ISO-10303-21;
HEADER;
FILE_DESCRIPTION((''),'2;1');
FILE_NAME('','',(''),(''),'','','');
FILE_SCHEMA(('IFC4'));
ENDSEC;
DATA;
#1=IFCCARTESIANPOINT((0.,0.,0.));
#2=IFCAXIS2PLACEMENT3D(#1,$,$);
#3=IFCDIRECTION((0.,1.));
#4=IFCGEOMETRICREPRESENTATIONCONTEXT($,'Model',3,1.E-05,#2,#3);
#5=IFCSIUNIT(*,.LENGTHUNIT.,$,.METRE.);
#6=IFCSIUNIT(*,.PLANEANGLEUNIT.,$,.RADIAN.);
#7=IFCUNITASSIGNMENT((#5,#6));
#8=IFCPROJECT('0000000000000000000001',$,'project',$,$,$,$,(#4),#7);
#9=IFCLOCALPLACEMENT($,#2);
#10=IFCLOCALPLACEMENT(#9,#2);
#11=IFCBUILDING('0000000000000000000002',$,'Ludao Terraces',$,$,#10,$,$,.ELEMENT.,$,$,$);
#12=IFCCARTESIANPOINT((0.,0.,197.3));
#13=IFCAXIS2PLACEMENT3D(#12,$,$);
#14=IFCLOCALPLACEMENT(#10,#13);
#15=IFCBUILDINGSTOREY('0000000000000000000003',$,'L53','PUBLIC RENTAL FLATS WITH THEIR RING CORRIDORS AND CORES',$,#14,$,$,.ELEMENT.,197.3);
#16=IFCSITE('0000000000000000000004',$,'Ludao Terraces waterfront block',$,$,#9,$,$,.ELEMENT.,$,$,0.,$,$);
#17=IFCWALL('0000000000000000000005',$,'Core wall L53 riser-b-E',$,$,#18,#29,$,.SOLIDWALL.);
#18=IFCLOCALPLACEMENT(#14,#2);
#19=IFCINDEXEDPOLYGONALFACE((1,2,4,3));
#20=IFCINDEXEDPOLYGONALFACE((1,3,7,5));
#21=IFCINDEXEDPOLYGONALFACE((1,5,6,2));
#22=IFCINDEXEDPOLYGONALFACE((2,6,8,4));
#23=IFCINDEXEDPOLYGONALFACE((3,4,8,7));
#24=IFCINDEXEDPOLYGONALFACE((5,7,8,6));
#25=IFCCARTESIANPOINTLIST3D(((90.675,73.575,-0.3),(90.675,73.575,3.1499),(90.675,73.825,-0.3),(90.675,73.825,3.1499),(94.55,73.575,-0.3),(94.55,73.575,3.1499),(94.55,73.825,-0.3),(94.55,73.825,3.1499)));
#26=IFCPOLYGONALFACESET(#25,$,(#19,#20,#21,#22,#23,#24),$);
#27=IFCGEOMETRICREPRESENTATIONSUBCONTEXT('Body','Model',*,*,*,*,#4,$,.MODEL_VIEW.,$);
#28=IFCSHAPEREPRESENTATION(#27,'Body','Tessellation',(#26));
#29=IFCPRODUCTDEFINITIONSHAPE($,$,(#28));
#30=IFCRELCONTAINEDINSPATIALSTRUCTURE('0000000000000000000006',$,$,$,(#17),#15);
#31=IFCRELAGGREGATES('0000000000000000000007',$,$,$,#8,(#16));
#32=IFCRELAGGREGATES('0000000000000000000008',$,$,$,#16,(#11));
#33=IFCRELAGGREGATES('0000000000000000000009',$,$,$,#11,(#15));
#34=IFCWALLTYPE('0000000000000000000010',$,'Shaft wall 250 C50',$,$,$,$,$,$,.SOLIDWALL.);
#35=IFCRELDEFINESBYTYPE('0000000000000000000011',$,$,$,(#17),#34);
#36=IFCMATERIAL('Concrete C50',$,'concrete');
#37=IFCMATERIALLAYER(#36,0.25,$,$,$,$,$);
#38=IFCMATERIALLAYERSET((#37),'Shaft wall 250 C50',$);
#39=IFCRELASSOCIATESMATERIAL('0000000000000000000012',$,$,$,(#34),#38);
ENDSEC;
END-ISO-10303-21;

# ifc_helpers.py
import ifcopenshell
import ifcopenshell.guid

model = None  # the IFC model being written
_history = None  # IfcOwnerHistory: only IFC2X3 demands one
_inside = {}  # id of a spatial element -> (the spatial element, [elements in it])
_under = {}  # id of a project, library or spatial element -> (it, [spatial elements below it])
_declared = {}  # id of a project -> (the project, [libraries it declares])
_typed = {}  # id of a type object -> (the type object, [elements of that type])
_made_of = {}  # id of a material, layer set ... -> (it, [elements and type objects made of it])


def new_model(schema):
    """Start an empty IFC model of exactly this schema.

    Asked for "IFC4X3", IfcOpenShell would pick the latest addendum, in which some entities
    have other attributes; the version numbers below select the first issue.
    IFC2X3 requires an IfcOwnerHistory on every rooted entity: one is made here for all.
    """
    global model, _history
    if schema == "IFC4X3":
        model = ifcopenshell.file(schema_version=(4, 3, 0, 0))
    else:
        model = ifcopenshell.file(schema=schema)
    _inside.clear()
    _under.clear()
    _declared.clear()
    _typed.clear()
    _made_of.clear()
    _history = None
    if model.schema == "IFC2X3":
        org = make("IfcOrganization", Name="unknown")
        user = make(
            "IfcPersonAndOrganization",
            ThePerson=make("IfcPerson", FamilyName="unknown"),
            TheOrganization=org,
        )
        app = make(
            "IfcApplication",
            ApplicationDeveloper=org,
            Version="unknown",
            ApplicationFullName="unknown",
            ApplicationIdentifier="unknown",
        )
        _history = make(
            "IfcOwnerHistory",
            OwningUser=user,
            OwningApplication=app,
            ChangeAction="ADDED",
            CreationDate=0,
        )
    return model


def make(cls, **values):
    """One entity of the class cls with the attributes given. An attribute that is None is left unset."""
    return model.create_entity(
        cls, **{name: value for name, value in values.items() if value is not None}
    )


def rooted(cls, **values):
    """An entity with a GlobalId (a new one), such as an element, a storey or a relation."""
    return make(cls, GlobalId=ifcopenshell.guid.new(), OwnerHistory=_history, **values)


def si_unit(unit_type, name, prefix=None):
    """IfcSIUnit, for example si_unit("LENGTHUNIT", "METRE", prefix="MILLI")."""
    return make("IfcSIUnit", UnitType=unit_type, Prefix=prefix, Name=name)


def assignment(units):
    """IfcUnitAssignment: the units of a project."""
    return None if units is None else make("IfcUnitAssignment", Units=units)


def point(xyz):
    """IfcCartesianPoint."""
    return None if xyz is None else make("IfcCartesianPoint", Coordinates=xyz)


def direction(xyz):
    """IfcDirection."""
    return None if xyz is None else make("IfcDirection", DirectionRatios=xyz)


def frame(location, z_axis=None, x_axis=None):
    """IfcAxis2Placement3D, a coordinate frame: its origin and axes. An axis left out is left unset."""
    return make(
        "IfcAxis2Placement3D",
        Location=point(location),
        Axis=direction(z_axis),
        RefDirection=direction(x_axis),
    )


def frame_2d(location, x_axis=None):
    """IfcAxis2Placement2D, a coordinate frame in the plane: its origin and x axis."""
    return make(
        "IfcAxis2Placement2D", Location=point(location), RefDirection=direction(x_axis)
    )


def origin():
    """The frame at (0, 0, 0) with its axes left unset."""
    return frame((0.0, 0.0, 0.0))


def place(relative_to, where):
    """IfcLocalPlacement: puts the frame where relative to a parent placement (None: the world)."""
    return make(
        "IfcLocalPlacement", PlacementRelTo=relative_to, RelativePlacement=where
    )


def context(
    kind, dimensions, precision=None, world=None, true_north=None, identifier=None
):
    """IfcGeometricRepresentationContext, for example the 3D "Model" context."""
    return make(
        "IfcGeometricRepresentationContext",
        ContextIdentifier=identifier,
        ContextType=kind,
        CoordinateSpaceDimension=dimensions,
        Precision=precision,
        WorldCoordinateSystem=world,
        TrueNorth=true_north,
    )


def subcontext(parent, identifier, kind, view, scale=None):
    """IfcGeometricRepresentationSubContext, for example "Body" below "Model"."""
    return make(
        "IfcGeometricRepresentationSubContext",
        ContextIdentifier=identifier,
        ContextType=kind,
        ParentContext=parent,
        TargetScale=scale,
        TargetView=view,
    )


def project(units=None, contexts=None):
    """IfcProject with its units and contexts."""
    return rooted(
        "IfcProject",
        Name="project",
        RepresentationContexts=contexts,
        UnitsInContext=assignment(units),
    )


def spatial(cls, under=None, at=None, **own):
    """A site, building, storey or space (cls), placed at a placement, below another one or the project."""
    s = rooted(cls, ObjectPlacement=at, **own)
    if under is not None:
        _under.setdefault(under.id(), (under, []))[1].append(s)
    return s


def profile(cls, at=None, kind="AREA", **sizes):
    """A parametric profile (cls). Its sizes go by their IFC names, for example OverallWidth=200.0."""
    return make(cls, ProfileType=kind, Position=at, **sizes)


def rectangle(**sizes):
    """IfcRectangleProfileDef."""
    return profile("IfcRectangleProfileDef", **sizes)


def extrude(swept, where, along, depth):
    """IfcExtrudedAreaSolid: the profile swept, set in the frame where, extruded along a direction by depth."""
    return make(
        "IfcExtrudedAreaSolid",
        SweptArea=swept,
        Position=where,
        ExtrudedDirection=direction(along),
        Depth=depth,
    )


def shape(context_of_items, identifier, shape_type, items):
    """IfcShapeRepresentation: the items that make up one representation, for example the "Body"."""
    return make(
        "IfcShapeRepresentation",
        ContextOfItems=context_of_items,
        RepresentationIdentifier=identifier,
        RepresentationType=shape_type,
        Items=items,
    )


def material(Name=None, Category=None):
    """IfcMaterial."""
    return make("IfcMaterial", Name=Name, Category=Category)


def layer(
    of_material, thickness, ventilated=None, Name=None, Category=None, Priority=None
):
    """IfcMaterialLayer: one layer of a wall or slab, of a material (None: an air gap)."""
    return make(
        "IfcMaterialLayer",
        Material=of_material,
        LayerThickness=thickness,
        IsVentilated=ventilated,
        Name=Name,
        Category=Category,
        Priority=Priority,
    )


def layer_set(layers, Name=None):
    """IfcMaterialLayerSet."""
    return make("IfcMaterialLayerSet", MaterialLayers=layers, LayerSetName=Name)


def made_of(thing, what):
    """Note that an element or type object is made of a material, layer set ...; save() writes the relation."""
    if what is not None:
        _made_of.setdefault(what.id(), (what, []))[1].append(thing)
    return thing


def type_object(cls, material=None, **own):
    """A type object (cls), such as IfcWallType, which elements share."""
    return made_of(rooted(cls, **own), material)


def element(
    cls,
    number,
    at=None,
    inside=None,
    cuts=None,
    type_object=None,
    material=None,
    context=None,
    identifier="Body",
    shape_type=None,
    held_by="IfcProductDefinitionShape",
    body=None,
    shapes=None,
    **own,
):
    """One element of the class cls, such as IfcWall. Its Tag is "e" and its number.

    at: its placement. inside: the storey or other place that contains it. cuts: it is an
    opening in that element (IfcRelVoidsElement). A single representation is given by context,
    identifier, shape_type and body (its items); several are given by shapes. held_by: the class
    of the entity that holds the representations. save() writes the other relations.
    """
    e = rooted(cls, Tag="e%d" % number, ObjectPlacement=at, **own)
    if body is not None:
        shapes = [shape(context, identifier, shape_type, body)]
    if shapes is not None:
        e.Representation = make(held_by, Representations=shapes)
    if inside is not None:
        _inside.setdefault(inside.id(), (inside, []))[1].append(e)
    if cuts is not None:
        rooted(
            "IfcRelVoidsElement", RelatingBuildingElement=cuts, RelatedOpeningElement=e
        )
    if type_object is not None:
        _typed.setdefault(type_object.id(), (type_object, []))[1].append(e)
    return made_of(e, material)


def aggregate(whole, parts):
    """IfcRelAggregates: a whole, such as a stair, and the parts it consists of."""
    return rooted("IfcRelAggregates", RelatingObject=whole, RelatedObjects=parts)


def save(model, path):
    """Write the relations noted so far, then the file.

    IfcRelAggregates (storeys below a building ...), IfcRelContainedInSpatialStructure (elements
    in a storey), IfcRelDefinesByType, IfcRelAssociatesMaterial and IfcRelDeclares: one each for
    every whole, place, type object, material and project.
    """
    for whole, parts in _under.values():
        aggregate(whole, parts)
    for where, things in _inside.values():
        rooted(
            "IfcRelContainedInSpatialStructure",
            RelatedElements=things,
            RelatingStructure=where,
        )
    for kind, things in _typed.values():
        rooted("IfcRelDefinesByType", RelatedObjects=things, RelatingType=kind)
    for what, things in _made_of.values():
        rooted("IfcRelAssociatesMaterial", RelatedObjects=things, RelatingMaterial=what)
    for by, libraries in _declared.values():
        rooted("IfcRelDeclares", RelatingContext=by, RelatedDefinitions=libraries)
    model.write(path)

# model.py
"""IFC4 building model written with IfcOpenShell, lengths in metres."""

from ifc_helpers import new_model, si_unit, direction, frame, frame_2d, origin, place, context, subcontext, project, spatial, rectangle, extrude, material, layer, layer_set, type_object, element, save


model = new_model("IFC4")

# Units and contexts
model_context = context("Model", 3, precision=1e-05, world=origin(), true_north=direction((0.0, 1.0)))
body_context = subcontext(model_context, "Body", "Model", "MODEL_VIEW")
ifc_project = project(units=[si_unit("LENGTHUNIT", "METRE"), si_unit("PLANEANGLEUNIT", "RADIAN")], contexts=[model_context])

# Site, building, storey
site_placement = place(None, origin())
site = spatial("IfcSite", under=ifc_project, at=site_placement, Name="Ludao Terraces waterfront block", CompositionType="ELEMENT", RefElevation=0.0)
building_placement = place(site_placement, origin())
building = spatial("IfcBuilding", under=site, at=building_placement, Name="Ludao Terraces", CompositionType="ELEMENT")
storey_placement = place(building_placement, frame((0.0, 0.0, 197.3)))
storey = spatial("IfcBuildingStorey", under=building, at=storey_placement, Name="L53", Description="PUBLIC RENTAL FLATS WITH THEIR RING CORRIDORS AND CORES", CompositionType="ELEMENT", Elevation=197.3)

# Shared definitions
ifc_material_1 = material(Name="Concrete C50", Category="concrete")
ifc_layer_1 = layer(ifc_material_1, 0.25)
ifc_layer_set_1 = layer_set([ifc_layer_1], Name="Shaft wall 250 C50")
wall_type_1 = type_object("IfcWallType", Name="Shaft wall 250 C50", PredefinedType="SOLIDWALL", material=ifc_layer_set_1)

# Wall
wall_1_placement = place(storey_placement, frame((90.675, 73.7, -0.3), z_axis=(0.0, 0.0, 1.0), x_axis=(1.0, 0.0, 0.0)))
element("IfcWall", 1, at=wall_1_placement, inside=storey, type_object=wall_type_1, Name="Core wall L53 riser-b-E", PredefinedType="SOLIDWALL", context=body_context, shape_type="SweptSolid", body=[
    extrude(rectangle(XDim=3.875, YDim=0.25, at=frame_2d((1.9375, 0.0))), origin(), (0.0, 0.0, 1.0), 3.45),
])

save(model, "model.ifc")
